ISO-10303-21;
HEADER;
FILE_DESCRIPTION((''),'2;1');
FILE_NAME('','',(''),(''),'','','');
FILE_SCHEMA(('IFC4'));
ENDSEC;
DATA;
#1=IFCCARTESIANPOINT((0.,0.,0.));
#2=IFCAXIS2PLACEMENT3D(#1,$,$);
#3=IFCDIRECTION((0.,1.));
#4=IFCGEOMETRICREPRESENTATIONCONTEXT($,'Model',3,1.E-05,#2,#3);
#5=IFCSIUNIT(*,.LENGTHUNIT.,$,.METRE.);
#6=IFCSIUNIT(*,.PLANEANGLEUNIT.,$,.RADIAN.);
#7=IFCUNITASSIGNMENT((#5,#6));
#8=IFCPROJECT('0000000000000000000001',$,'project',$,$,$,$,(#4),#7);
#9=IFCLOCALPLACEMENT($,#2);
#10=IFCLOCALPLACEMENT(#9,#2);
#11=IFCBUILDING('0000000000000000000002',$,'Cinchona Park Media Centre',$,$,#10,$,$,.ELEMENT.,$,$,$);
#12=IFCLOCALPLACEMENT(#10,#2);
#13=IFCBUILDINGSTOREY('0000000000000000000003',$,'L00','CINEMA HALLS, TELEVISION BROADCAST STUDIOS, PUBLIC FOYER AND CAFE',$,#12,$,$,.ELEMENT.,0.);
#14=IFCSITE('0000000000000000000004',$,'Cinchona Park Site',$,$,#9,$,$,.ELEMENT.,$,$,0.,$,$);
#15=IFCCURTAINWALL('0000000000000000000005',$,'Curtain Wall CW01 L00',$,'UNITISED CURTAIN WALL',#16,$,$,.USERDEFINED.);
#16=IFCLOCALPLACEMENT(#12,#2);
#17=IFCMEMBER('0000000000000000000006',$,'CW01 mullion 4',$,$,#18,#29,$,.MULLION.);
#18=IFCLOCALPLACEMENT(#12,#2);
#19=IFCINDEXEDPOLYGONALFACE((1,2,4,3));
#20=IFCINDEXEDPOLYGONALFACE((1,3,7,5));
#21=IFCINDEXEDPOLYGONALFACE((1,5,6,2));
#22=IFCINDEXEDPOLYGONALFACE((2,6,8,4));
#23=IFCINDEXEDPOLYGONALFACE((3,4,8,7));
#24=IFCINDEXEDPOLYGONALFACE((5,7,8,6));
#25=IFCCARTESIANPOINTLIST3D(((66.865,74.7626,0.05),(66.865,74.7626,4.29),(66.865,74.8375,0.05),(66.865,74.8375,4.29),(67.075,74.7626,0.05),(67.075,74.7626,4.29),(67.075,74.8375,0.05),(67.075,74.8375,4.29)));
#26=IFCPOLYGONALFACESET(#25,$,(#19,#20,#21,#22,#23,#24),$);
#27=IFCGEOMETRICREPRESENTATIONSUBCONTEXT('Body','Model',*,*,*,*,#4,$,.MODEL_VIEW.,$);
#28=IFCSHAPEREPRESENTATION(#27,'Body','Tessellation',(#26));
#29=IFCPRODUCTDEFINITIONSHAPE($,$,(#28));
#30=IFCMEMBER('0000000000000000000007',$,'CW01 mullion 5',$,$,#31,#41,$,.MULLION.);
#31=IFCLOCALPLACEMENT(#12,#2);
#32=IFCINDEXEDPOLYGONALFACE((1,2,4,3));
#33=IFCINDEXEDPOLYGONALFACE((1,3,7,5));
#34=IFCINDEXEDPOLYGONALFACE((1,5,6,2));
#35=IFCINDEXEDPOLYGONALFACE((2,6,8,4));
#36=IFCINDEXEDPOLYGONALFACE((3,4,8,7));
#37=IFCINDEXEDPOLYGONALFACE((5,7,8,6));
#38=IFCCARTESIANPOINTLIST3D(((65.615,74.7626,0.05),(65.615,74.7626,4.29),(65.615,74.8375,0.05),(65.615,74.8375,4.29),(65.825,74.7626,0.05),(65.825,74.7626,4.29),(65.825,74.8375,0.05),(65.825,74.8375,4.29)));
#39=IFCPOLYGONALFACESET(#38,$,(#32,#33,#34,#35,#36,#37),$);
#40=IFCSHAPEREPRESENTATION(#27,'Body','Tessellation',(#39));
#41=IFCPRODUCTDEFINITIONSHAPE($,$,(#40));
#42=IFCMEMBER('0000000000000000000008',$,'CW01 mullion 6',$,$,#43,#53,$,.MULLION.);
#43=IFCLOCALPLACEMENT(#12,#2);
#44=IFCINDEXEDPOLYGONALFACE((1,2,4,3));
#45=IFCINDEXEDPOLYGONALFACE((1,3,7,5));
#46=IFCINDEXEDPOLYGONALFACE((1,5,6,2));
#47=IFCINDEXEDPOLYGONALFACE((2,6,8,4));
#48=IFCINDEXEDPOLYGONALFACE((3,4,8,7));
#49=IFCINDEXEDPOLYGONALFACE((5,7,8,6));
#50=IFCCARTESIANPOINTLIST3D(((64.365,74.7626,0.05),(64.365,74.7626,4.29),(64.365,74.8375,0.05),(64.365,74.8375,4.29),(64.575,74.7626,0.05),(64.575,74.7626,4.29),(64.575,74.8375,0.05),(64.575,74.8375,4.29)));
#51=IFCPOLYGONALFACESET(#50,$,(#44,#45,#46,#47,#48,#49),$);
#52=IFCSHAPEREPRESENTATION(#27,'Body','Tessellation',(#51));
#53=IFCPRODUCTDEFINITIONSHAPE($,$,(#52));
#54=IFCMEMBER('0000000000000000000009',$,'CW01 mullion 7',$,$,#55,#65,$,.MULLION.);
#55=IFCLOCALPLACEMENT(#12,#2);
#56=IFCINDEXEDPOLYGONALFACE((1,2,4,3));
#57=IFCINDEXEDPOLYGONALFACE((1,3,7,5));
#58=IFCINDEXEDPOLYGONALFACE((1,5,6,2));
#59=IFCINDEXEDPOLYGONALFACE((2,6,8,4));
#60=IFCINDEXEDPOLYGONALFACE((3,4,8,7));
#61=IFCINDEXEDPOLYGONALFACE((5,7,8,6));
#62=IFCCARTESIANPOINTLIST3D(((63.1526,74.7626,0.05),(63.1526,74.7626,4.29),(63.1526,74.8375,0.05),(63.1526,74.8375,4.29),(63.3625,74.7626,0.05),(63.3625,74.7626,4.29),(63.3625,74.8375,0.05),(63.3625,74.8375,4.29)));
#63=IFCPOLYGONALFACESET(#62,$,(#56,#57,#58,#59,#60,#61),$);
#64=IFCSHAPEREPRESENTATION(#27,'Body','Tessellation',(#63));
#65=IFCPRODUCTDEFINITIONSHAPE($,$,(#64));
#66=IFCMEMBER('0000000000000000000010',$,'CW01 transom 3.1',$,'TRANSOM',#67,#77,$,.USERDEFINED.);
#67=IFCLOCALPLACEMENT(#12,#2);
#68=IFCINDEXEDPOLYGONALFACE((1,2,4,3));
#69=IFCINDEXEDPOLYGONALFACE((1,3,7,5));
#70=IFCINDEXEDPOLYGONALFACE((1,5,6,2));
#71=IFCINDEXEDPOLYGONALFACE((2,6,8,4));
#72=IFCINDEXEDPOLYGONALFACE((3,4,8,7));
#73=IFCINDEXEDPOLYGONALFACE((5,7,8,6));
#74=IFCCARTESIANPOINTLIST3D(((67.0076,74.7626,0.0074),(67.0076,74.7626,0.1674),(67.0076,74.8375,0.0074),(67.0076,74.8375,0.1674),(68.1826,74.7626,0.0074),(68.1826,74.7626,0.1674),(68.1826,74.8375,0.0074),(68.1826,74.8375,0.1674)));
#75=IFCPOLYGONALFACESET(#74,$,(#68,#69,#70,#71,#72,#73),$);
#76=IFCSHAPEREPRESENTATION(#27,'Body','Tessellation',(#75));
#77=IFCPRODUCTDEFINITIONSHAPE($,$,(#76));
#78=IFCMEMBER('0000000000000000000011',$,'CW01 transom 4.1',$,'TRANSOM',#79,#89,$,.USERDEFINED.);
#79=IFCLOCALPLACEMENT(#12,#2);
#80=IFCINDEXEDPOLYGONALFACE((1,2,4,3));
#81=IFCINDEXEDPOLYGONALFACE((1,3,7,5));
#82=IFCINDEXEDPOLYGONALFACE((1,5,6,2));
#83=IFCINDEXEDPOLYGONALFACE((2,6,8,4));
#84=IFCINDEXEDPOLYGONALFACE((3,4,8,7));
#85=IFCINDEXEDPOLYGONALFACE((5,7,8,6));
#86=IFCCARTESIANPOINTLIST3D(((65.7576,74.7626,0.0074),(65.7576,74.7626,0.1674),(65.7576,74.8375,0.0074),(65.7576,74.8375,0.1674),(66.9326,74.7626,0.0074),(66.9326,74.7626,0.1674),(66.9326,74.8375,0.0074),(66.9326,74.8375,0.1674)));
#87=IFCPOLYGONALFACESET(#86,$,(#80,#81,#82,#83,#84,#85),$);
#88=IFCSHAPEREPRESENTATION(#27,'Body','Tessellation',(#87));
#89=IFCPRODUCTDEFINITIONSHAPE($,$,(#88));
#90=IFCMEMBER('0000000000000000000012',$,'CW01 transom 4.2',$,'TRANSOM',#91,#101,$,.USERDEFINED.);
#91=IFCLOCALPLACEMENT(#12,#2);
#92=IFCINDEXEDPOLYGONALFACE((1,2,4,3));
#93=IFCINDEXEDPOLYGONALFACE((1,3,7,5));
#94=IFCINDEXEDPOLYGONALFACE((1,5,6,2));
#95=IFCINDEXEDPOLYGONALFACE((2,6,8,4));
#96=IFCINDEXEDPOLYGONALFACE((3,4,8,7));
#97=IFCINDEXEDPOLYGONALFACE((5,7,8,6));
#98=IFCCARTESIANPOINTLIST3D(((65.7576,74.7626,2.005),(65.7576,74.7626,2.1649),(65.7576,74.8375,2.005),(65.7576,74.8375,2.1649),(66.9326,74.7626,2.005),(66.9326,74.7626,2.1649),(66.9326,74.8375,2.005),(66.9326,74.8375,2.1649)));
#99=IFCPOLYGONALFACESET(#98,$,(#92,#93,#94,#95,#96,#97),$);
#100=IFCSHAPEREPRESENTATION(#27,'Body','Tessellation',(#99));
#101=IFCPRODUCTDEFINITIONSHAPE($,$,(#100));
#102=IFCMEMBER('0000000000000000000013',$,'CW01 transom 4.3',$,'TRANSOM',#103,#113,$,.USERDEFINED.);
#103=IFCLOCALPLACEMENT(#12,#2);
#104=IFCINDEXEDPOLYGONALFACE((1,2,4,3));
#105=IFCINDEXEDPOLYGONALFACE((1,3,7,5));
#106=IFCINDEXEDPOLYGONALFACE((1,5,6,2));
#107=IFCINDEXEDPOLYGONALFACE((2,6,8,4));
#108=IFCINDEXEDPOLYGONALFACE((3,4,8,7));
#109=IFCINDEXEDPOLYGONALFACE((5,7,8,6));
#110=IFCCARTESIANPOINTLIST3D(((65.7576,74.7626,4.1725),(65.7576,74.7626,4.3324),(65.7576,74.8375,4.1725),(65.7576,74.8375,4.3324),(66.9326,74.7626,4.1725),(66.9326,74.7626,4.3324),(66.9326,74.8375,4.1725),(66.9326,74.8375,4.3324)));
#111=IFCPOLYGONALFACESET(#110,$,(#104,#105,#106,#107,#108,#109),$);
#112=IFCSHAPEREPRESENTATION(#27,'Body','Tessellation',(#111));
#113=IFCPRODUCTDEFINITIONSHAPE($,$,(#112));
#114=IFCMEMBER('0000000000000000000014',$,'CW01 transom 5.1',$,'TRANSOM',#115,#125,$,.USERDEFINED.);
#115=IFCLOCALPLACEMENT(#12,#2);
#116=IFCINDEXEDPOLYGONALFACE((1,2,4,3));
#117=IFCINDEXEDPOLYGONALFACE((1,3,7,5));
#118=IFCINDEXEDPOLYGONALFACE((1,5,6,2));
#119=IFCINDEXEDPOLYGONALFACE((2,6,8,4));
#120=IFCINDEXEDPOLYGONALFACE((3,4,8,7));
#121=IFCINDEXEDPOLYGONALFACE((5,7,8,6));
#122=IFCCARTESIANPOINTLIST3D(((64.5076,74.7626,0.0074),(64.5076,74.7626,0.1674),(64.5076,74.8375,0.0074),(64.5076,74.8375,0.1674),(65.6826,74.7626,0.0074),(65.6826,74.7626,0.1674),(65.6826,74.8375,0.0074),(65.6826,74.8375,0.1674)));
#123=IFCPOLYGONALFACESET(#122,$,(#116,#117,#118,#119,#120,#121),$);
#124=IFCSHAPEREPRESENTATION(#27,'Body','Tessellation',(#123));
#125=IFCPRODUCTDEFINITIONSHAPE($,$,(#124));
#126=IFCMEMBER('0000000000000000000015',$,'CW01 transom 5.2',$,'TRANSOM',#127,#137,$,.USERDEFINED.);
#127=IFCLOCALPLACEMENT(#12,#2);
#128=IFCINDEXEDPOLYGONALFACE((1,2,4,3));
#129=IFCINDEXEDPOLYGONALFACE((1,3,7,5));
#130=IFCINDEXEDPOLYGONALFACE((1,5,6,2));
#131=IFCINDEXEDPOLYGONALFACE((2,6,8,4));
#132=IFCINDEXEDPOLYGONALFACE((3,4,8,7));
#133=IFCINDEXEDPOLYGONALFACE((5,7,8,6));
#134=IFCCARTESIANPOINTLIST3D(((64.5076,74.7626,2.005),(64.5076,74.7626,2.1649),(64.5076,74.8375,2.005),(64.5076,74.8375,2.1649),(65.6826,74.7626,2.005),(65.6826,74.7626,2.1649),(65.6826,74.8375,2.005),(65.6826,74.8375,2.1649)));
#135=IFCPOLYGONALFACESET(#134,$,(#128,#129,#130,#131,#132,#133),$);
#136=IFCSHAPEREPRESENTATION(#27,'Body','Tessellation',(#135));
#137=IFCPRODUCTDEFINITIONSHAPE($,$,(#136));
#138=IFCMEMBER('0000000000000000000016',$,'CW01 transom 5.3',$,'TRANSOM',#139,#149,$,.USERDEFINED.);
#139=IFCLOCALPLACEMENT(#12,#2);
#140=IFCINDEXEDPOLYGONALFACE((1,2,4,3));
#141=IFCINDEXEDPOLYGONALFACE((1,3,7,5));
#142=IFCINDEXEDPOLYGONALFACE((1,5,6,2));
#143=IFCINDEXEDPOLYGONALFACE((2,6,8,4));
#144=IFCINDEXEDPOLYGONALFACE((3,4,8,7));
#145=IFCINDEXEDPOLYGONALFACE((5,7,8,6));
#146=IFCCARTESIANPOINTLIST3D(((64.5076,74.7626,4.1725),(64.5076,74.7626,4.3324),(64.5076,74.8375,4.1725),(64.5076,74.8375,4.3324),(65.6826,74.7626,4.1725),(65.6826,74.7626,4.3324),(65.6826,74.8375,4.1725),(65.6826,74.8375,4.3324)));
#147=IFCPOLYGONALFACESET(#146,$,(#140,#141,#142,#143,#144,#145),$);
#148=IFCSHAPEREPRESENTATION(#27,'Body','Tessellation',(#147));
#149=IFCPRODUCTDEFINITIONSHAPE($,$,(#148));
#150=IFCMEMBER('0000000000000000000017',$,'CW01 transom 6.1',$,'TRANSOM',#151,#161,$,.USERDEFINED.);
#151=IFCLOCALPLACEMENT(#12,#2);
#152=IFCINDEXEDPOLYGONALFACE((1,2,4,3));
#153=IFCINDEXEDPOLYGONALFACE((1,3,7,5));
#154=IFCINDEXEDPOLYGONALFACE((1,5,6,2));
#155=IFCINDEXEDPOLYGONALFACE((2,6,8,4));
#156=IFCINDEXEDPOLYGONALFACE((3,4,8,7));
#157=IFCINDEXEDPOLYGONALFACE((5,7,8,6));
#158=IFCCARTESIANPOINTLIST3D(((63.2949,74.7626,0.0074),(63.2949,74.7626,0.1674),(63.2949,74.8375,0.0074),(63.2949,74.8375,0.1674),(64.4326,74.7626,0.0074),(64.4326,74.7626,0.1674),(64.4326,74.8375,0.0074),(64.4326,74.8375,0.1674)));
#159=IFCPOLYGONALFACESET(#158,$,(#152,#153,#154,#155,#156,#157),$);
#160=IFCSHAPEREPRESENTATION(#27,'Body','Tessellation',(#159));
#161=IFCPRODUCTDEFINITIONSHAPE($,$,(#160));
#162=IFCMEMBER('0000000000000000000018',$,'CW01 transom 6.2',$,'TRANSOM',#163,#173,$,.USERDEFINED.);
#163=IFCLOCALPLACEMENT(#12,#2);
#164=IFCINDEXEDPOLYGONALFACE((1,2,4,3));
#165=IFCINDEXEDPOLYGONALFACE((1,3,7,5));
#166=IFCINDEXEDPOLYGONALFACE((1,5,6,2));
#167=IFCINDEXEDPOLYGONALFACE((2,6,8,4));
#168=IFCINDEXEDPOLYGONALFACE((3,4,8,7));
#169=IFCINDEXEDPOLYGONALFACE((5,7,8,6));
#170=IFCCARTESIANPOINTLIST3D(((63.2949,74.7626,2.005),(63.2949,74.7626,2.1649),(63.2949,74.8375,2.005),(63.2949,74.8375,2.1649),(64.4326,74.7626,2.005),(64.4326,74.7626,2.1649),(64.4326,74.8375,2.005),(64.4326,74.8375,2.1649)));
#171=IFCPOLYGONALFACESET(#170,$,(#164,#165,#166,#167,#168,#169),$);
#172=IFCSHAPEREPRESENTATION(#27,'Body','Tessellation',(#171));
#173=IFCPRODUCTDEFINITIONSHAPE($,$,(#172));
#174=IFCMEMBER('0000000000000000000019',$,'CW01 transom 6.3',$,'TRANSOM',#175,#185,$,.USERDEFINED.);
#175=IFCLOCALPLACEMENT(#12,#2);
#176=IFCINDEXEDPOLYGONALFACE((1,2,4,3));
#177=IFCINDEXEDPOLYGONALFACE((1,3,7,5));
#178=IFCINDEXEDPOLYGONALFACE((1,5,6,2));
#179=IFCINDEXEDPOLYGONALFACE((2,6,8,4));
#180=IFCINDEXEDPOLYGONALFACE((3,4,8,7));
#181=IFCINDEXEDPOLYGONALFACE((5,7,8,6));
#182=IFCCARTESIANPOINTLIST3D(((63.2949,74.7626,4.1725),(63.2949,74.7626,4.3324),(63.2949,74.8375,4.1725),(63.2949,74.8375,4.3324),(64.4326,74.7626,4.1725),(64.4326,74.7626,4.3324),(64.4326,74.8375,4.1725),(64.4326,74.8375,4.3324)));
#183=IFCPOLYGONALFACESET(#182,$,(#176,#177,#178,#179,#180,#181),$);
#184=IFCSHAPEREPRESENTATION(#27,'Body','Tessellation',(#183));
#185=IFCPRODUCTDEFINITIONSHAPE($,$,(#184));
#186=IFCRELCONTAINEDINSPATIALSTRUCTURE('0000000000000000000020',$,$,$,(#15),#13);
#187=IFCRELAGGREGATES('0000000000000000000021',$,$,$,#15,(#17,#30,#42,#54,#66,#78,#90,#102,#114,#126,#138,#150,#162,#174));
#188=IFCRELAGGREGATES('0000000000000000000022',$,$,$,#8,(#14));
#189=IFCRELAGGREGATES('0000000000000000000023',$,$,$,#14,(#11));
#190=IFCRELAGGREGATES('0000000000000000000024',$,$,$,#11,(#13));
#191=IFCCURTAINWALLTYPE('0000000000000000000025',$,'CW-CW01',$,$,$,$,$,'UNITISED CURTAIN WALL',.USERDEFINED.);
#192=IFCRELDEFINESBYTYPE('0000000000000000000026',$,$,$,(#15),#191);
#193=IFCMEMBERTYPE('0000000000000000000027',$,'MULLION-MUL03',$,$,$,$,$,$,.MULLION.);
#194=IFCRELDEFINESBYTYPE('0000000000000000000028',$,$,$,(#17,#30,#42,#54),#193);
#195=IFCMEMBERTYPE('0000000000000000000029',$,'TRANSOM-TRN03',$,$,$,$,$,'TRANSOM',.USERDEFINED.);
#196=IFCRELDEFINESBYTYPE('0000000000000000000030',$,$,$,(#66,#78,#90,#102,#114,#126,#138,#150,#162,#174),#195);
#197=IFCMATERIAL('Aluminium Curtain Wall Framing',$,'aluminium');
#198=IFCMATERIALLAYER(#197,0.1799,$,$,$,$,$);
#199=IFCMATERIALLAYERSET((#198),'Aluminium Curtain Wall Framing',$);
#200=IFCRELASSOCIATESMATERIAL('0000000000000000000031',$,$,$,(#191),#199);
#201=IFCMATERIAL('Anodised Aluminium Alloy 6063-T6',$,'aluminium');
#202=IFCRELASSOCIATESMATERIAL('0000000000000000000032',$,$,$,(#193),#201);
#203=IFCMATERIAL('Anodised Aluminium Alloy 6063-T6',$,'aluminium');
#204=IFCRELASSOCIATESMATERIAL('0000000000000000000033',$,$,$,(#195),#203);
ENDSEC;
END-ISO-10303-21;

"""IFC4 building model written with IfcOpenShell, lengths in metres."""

from ifc_helpers import new_model, si_unit, direction, frame, origin, origin_2d, place, context, subcontext, project, spatial, rectangle, extrude, material, layer, layer_set, material_profile, profile_set, type_object, element, aggregate, save


model = new_model("IFC4")

# Units and contexts
model_context = context("Model", 3, precision=1e-05, world=origin(), true_north=direction((0.0, 1.0)))
body_context = subcontext(model_context, "Body", "Model", "MODEL_VIEW")
ifc_project = project(units=[si_unit("LENGTHUNIT", "METRE"), si_unit("PLANEANGLEUNIT", "RADIAN")], contexts=[model_context])

# Site, building, storey
site_placement = place(None, origin())
site = spatial("IfcSite", under=ifc_project, at=site_placement, Name="Cinchona Park Site", CompositionType="ELEMENT", RefElevation=0.0)
building_placement = place(site_placement, origin())
building = spatial("IfcBuilding", under=site, at=building_placement, Name="Cinchona Park Media Centre", CompositionType="ELEMENT")
storey_placement = place(building_placement, origin())
storey = spatial("IfcBuildingStorey", under=building, at=storey_placement, Name="L00", Description="CINEMA HALLS, TELEVISION BROADCAST STUDIOS, PUBLIC FOYER AND CAFE", CompositionType="ELEMENT", Elevation=0.0)

# Curtain wall, members
ifc_material_1 = material(Name="Aluminium Curtain Wall Framing", Category="aluminium")
ifc_layer_1 = layer(ifc_material_1, 0.1799)
ifc_layer_set_1 = layer_set([ifc_layer_1], Name="Aluminium Curtain Wall Framing")
curtain_wall_type = type_object("IfcCurtainWallType", Name="CW-CW01", ElementType="UNITISED CURTAIN WALL", PredefinedType="USERDEFINED", material=ifc_layer_set_1)
curtain_wall_placement = place(storey_placement, origin())
curtain_wall = element("IfcCurtainWall", 1, at=curtain_wall_placement, inside=storey, type_object=curtain_wall_type, Name="Curtain Wall CW01 L00", ObjectType="UNITISED CURTAIN WALL", PredefinedType="USERDEFINED")
ifc_material_2 = material(Name="Anodised Aluminium Alloy 6063-T6", Category="aluminium")
ifc_material_profile_1 = material_profile(ifc_material_2, rectangle(XDim=0.075, YDim=0.21, at=origin_2d()), Name="MUL-75X210")
ifc_profile_set_1 = profile_set([ifc_material_profile_1], Name="Anodised Aluminium Alloy 6063-T6")
member_type_1 = type_object("IfcMemberType", Name="MULLION-MUL03", PredefinedType="MULLION", material=ifc_profile_set_1)
member_1_placement = place(storey_placement, frame((66.97, 74.8, 0.05), z_axis=(0.0, 0.0, 1.0), x_axis=(0.0, -1.0, 0.0)))
member_1 = element("IfcMember", 2, at=member_1_placement, type_object=member_type_1, Name="CW01 mullion 4", PredefinedType="MULLION", context=body_context, shape_type="SweptSolid", body=[
    extrude(rectangle(XDim=0.075, YDim=0.21, at=origin_2d()), origin(), (0.0, 0.0, 1.0), 4.24),
])
member_2_placement = place(storey_placement, frame((65.72, 74.8, 0.05), z_axis=(0.0, 0.0, 1.0), x_axis=(0.0, -1.0, 0.0)))
member_2 = element("IfcMember", 3, at=member_2_placement, type_object=member_type_1, Name="CW01 mullion 5", PredefinedType="MULLION", context=body_context, shape_type="SweptSolid", body=[
    extrude(rectangle(XDim=0.075, YDim=0.21, at=origin_2d()), origin(), (0.0, 0.0, 1.0), 4.24),
])
member_3_placement = place(storey_placement, frame((64.47, 74.8, 0.05), z_axis=(0.0, 0.0, 1.0), x_axis=(0.0, -1.0, 0.0)))
member_3 = element("IfcMember", 4, at=member_3_placement, type_object=member_type_1, Name="CW01 mullion 6", PredefinedType="MULLION", context=body_context, shape_type="SweptSolid", body=[
    extrude(rectangle(XDim=0.075, YDim=0.21, at=origin_2d()), origin(), (0.0, 0.0, 1.0), 4.24),
])
member_4_placement = place(storey_placement, frame((63.2576, 74.8, 0.05), z_axis=(0.0, 0.0, 1.0), x_axis=(0.0, -1.0, 0.0)))
member_4 = element("IfcMember", 5, at=member_4_placement, type_object=member_type_1, Name="CW01 mullion 7", PredefinedType="MULLION", context=body_context, shape_type="SweptSolid", body=[
    extrude(rectangle(XDim=0.075, YDim=0.21, at=origin_2d()), origin(), (0.0, 0.0, 1.0), 4.24),
])
ifc_material_3 = material(Name="Anodised Aluminium Alloy 6063-T6", Category="aluminium")
ifc_material_profile_2 = material_profile(ifc_material_3, rectangle(XDim=0.075, YDim=0.1599, at=origin_2d()), Name="TRN-75X160")
ifc_profile_set_2 = profile_set([ifc_material_profile_2], Name="Anodised Aluminium Alloy 6063-T6")
member_type_2 = type_object("IfcMemberType", Name="TRANSOM-TRN03", ElementType="TRANSOM", PredefinedType="USERDEFINED", material=ifc_profile_set_2)
member_5_placement = place(storey_placement, frame((68.1826, 74.8, 0.0874), z_axis=(-1.0, 0.0, 0.0), x_axis=(0.0, -1.0, 0.0)))
member_5 = element("IfcMember", 6, at=member_5_placement, type_object=member_type_2, Name="CW01 transom 3.1", ObjectType="TRANSOM", PredefinedType="USERDEFINED", context=body_context, shape_type="SweptSolid", body=[
    extrude(rectangle(XDim=0.075, YDim=0.1599, at=origin_2d()), origin(), (0.0, 0.0, 1.0), 1.175),
])
member_6_placement = place(storey_placement, frame((66.9326, 74.8, 0.0874), z_axis=(-1.0, 0.0, 0.0), x_axis=(0.0, -1.0, 0.0)))
member_6 = element("IfcMember", 7, at=member_6_placement, type_object=member_type_2, Name="CW01 transom 4.1", ObjectType="TRANSOM", PredefinedType="USERDEFINED", context=body_context, shape_type="SweptSolid", body=[
    extrude(rectangle(XDim=0.075, YDim=0.1599, at=origin_2d()), origin(), (0.0, 0.0, 1.0), 1.175),
])
member_7_placement = place(storey_placement, frame((66.9326, 74.8, 2.085), z_axis=(-1.0, 0.0, 0.0), x_axis=(0.0, -1.0, 0.0)))
member_7 = element("IfcMember", 8, at=member_7_placement, type_object=member_type_2, Name="CW01 transom 4.2", ObjectType="TRANSOM", PredefinedType="USERDEFINED", context=body_context, shape_type="SweptSolid", body=[
    extrude(rectangle(XDim=0.075, YDim=0.1599, at=origin_2d()), origin(), (0.0, 0.0, 1.0), 1.175),
])
member_8_placement = place(storey_placement, frame((66.9326, 74.8, 4.2524), z_axis=(-1.0, 0.0, 0.0), x_axis=(0.0, -1.0, 0.0)))
member_8 = element("IfcMember", 9, at=member_8_placement, type_object=member_type_2, Name="CW01 transom 4.3", ObjectType="TRANSOM", PredefinedType="USERDEFINED", context=body_context, shape_type="SweptSolid", body=[
    extrude(rectangle(XDim=0.075, YDim=0.1599, at=origin_2d()), origin(), (0.0, 0.0, 1.0), 1.175),
])
member_9_placement = place(storey_placement, frame((65.6826, 74.8, 0.0874), z_axis=(-1.0, 0.0, 0.0), x_axis=(0.0, -1.0, 0.0)))
member_9 = element("IfcMember", 10, at=member_9_placement, type_object=member_type_2, Name="CW01 transom 5.1", ObjectType="TRANSOM", PredefinedType="USERDEFINED", context=body_context, shape_type="SweptSolid", body=[
    extrude(rectangle(XDim=0.075, YDim=0.1599, at=origin_2d()), origin(), (0.0, 0.0, 1.0), 1.175),
])
member_10_placement = place(storey_placement, frame((65.6826, 74.8, 2.085), z_axis=(-1.0, 0.0, 0.0), x_axis=(0.0, -1.0, 0.0)))
member_10 = element("IfcMember", 11, at=member_10_placement, type_object=member_type_2, Name="CW01 transom 5.2", ObjectType="TRANSOM", PredefinedType="USERDEFINED", context=body_context, shape_type="SweptSolid", body=[
    extrude(rectangle(XDim=0.075, YDim=0.1599, at=origin_2d()), origin(), (0.0, 0.0, 1.0), 1.175),
])
member_11_placement = place(storey_placement, frame((65.6826, 74.8, 4.2524), z_axis=(-1.0, 0.0, 0.0), x_axis=(0.0, -1.0, 0.0)))
member_11 = element("IfcMember", 12, at=member_11_placement, type_object=member_type_2, Name="CW01 transom 5.3", ObjectType="TRANSOM", PredefinedType="USERDEFINED", context=body_context, shape_type="SweptSolid", body=[
    extrude(rectangle(XDim=0.075, YDim=0.1599, at=origin_2d()), origin(), (0.0, 0.0, 1.0), 1.175),
])
member_12_placement = place(storey_placement, frame((64.4326, 74.8, 0.0874), z_axis=(-1.0, 0.0, 0.0), x_axis=(0.0, -1.0, 0.0)))
member_12 = element("IfcMember", 13, at=member_12_placement, type_object=member_type_2, Name="CW01 transom 6.1", ObjectType="TRANSOM", PredefinedType="USERDEFINED", context=body_context, shape_type="SweptSolid", body=[
    extrude(rectangle(XDim=0.075, YDim=0.1599, at=origin_2d()), origin(), (0.0, 0.0, 1.0), 1.1377),
])
member_13_placement = place(storey_placement, frame((64.4326, 74.8, 2.085), z_axis=(-1.0, 0.0, 0.0), x_axis=(0.0, -1.0, 0.0)))
member_13 = element("IfcMember", 14, at=member_13_placement, type_object=member_type_2, Name="CW01 transom 6.2", ObjectType="TRANSOM", PredefinedType="USERDEFINED", context=body_context, shape_type="SweptSolid", body=[
    extrude(rectangle(XDim=0.075, YDim=0.1599, at=origin_2d()), origin(), (0.0, 0.0, 1.0), 1.1377),
])
member_14_placement = place(storey_placement, frame((64.4326, 74.8, 4.2524), z_axis=(-1.0, 0.0, 0.0), x_axis=(0.0, -1.0, 0.0)))
member_14 = element("IfcMember", 15, at=member_14_placement, type_object=member_type_2, Name="CW01 transom 6.3", ObjectType="TRANSOM", PredefinedType="USERDEFINED", context=body_context, shape_type="SweptSolid", body=[
    extrude(rectangle(XDim=0.075, YDim=0.1599, at=origin_2d()), origin(), (0.0, 0.0, 1.0), 1.1377),
])
aggregate(curtain_wall, [member_1, member_2, member_3, member_4, member_5, member_6, member_7, member_8, member_9, member_10, member_11, member_12, member_13, member_14])

save(model, "model.ifc")
